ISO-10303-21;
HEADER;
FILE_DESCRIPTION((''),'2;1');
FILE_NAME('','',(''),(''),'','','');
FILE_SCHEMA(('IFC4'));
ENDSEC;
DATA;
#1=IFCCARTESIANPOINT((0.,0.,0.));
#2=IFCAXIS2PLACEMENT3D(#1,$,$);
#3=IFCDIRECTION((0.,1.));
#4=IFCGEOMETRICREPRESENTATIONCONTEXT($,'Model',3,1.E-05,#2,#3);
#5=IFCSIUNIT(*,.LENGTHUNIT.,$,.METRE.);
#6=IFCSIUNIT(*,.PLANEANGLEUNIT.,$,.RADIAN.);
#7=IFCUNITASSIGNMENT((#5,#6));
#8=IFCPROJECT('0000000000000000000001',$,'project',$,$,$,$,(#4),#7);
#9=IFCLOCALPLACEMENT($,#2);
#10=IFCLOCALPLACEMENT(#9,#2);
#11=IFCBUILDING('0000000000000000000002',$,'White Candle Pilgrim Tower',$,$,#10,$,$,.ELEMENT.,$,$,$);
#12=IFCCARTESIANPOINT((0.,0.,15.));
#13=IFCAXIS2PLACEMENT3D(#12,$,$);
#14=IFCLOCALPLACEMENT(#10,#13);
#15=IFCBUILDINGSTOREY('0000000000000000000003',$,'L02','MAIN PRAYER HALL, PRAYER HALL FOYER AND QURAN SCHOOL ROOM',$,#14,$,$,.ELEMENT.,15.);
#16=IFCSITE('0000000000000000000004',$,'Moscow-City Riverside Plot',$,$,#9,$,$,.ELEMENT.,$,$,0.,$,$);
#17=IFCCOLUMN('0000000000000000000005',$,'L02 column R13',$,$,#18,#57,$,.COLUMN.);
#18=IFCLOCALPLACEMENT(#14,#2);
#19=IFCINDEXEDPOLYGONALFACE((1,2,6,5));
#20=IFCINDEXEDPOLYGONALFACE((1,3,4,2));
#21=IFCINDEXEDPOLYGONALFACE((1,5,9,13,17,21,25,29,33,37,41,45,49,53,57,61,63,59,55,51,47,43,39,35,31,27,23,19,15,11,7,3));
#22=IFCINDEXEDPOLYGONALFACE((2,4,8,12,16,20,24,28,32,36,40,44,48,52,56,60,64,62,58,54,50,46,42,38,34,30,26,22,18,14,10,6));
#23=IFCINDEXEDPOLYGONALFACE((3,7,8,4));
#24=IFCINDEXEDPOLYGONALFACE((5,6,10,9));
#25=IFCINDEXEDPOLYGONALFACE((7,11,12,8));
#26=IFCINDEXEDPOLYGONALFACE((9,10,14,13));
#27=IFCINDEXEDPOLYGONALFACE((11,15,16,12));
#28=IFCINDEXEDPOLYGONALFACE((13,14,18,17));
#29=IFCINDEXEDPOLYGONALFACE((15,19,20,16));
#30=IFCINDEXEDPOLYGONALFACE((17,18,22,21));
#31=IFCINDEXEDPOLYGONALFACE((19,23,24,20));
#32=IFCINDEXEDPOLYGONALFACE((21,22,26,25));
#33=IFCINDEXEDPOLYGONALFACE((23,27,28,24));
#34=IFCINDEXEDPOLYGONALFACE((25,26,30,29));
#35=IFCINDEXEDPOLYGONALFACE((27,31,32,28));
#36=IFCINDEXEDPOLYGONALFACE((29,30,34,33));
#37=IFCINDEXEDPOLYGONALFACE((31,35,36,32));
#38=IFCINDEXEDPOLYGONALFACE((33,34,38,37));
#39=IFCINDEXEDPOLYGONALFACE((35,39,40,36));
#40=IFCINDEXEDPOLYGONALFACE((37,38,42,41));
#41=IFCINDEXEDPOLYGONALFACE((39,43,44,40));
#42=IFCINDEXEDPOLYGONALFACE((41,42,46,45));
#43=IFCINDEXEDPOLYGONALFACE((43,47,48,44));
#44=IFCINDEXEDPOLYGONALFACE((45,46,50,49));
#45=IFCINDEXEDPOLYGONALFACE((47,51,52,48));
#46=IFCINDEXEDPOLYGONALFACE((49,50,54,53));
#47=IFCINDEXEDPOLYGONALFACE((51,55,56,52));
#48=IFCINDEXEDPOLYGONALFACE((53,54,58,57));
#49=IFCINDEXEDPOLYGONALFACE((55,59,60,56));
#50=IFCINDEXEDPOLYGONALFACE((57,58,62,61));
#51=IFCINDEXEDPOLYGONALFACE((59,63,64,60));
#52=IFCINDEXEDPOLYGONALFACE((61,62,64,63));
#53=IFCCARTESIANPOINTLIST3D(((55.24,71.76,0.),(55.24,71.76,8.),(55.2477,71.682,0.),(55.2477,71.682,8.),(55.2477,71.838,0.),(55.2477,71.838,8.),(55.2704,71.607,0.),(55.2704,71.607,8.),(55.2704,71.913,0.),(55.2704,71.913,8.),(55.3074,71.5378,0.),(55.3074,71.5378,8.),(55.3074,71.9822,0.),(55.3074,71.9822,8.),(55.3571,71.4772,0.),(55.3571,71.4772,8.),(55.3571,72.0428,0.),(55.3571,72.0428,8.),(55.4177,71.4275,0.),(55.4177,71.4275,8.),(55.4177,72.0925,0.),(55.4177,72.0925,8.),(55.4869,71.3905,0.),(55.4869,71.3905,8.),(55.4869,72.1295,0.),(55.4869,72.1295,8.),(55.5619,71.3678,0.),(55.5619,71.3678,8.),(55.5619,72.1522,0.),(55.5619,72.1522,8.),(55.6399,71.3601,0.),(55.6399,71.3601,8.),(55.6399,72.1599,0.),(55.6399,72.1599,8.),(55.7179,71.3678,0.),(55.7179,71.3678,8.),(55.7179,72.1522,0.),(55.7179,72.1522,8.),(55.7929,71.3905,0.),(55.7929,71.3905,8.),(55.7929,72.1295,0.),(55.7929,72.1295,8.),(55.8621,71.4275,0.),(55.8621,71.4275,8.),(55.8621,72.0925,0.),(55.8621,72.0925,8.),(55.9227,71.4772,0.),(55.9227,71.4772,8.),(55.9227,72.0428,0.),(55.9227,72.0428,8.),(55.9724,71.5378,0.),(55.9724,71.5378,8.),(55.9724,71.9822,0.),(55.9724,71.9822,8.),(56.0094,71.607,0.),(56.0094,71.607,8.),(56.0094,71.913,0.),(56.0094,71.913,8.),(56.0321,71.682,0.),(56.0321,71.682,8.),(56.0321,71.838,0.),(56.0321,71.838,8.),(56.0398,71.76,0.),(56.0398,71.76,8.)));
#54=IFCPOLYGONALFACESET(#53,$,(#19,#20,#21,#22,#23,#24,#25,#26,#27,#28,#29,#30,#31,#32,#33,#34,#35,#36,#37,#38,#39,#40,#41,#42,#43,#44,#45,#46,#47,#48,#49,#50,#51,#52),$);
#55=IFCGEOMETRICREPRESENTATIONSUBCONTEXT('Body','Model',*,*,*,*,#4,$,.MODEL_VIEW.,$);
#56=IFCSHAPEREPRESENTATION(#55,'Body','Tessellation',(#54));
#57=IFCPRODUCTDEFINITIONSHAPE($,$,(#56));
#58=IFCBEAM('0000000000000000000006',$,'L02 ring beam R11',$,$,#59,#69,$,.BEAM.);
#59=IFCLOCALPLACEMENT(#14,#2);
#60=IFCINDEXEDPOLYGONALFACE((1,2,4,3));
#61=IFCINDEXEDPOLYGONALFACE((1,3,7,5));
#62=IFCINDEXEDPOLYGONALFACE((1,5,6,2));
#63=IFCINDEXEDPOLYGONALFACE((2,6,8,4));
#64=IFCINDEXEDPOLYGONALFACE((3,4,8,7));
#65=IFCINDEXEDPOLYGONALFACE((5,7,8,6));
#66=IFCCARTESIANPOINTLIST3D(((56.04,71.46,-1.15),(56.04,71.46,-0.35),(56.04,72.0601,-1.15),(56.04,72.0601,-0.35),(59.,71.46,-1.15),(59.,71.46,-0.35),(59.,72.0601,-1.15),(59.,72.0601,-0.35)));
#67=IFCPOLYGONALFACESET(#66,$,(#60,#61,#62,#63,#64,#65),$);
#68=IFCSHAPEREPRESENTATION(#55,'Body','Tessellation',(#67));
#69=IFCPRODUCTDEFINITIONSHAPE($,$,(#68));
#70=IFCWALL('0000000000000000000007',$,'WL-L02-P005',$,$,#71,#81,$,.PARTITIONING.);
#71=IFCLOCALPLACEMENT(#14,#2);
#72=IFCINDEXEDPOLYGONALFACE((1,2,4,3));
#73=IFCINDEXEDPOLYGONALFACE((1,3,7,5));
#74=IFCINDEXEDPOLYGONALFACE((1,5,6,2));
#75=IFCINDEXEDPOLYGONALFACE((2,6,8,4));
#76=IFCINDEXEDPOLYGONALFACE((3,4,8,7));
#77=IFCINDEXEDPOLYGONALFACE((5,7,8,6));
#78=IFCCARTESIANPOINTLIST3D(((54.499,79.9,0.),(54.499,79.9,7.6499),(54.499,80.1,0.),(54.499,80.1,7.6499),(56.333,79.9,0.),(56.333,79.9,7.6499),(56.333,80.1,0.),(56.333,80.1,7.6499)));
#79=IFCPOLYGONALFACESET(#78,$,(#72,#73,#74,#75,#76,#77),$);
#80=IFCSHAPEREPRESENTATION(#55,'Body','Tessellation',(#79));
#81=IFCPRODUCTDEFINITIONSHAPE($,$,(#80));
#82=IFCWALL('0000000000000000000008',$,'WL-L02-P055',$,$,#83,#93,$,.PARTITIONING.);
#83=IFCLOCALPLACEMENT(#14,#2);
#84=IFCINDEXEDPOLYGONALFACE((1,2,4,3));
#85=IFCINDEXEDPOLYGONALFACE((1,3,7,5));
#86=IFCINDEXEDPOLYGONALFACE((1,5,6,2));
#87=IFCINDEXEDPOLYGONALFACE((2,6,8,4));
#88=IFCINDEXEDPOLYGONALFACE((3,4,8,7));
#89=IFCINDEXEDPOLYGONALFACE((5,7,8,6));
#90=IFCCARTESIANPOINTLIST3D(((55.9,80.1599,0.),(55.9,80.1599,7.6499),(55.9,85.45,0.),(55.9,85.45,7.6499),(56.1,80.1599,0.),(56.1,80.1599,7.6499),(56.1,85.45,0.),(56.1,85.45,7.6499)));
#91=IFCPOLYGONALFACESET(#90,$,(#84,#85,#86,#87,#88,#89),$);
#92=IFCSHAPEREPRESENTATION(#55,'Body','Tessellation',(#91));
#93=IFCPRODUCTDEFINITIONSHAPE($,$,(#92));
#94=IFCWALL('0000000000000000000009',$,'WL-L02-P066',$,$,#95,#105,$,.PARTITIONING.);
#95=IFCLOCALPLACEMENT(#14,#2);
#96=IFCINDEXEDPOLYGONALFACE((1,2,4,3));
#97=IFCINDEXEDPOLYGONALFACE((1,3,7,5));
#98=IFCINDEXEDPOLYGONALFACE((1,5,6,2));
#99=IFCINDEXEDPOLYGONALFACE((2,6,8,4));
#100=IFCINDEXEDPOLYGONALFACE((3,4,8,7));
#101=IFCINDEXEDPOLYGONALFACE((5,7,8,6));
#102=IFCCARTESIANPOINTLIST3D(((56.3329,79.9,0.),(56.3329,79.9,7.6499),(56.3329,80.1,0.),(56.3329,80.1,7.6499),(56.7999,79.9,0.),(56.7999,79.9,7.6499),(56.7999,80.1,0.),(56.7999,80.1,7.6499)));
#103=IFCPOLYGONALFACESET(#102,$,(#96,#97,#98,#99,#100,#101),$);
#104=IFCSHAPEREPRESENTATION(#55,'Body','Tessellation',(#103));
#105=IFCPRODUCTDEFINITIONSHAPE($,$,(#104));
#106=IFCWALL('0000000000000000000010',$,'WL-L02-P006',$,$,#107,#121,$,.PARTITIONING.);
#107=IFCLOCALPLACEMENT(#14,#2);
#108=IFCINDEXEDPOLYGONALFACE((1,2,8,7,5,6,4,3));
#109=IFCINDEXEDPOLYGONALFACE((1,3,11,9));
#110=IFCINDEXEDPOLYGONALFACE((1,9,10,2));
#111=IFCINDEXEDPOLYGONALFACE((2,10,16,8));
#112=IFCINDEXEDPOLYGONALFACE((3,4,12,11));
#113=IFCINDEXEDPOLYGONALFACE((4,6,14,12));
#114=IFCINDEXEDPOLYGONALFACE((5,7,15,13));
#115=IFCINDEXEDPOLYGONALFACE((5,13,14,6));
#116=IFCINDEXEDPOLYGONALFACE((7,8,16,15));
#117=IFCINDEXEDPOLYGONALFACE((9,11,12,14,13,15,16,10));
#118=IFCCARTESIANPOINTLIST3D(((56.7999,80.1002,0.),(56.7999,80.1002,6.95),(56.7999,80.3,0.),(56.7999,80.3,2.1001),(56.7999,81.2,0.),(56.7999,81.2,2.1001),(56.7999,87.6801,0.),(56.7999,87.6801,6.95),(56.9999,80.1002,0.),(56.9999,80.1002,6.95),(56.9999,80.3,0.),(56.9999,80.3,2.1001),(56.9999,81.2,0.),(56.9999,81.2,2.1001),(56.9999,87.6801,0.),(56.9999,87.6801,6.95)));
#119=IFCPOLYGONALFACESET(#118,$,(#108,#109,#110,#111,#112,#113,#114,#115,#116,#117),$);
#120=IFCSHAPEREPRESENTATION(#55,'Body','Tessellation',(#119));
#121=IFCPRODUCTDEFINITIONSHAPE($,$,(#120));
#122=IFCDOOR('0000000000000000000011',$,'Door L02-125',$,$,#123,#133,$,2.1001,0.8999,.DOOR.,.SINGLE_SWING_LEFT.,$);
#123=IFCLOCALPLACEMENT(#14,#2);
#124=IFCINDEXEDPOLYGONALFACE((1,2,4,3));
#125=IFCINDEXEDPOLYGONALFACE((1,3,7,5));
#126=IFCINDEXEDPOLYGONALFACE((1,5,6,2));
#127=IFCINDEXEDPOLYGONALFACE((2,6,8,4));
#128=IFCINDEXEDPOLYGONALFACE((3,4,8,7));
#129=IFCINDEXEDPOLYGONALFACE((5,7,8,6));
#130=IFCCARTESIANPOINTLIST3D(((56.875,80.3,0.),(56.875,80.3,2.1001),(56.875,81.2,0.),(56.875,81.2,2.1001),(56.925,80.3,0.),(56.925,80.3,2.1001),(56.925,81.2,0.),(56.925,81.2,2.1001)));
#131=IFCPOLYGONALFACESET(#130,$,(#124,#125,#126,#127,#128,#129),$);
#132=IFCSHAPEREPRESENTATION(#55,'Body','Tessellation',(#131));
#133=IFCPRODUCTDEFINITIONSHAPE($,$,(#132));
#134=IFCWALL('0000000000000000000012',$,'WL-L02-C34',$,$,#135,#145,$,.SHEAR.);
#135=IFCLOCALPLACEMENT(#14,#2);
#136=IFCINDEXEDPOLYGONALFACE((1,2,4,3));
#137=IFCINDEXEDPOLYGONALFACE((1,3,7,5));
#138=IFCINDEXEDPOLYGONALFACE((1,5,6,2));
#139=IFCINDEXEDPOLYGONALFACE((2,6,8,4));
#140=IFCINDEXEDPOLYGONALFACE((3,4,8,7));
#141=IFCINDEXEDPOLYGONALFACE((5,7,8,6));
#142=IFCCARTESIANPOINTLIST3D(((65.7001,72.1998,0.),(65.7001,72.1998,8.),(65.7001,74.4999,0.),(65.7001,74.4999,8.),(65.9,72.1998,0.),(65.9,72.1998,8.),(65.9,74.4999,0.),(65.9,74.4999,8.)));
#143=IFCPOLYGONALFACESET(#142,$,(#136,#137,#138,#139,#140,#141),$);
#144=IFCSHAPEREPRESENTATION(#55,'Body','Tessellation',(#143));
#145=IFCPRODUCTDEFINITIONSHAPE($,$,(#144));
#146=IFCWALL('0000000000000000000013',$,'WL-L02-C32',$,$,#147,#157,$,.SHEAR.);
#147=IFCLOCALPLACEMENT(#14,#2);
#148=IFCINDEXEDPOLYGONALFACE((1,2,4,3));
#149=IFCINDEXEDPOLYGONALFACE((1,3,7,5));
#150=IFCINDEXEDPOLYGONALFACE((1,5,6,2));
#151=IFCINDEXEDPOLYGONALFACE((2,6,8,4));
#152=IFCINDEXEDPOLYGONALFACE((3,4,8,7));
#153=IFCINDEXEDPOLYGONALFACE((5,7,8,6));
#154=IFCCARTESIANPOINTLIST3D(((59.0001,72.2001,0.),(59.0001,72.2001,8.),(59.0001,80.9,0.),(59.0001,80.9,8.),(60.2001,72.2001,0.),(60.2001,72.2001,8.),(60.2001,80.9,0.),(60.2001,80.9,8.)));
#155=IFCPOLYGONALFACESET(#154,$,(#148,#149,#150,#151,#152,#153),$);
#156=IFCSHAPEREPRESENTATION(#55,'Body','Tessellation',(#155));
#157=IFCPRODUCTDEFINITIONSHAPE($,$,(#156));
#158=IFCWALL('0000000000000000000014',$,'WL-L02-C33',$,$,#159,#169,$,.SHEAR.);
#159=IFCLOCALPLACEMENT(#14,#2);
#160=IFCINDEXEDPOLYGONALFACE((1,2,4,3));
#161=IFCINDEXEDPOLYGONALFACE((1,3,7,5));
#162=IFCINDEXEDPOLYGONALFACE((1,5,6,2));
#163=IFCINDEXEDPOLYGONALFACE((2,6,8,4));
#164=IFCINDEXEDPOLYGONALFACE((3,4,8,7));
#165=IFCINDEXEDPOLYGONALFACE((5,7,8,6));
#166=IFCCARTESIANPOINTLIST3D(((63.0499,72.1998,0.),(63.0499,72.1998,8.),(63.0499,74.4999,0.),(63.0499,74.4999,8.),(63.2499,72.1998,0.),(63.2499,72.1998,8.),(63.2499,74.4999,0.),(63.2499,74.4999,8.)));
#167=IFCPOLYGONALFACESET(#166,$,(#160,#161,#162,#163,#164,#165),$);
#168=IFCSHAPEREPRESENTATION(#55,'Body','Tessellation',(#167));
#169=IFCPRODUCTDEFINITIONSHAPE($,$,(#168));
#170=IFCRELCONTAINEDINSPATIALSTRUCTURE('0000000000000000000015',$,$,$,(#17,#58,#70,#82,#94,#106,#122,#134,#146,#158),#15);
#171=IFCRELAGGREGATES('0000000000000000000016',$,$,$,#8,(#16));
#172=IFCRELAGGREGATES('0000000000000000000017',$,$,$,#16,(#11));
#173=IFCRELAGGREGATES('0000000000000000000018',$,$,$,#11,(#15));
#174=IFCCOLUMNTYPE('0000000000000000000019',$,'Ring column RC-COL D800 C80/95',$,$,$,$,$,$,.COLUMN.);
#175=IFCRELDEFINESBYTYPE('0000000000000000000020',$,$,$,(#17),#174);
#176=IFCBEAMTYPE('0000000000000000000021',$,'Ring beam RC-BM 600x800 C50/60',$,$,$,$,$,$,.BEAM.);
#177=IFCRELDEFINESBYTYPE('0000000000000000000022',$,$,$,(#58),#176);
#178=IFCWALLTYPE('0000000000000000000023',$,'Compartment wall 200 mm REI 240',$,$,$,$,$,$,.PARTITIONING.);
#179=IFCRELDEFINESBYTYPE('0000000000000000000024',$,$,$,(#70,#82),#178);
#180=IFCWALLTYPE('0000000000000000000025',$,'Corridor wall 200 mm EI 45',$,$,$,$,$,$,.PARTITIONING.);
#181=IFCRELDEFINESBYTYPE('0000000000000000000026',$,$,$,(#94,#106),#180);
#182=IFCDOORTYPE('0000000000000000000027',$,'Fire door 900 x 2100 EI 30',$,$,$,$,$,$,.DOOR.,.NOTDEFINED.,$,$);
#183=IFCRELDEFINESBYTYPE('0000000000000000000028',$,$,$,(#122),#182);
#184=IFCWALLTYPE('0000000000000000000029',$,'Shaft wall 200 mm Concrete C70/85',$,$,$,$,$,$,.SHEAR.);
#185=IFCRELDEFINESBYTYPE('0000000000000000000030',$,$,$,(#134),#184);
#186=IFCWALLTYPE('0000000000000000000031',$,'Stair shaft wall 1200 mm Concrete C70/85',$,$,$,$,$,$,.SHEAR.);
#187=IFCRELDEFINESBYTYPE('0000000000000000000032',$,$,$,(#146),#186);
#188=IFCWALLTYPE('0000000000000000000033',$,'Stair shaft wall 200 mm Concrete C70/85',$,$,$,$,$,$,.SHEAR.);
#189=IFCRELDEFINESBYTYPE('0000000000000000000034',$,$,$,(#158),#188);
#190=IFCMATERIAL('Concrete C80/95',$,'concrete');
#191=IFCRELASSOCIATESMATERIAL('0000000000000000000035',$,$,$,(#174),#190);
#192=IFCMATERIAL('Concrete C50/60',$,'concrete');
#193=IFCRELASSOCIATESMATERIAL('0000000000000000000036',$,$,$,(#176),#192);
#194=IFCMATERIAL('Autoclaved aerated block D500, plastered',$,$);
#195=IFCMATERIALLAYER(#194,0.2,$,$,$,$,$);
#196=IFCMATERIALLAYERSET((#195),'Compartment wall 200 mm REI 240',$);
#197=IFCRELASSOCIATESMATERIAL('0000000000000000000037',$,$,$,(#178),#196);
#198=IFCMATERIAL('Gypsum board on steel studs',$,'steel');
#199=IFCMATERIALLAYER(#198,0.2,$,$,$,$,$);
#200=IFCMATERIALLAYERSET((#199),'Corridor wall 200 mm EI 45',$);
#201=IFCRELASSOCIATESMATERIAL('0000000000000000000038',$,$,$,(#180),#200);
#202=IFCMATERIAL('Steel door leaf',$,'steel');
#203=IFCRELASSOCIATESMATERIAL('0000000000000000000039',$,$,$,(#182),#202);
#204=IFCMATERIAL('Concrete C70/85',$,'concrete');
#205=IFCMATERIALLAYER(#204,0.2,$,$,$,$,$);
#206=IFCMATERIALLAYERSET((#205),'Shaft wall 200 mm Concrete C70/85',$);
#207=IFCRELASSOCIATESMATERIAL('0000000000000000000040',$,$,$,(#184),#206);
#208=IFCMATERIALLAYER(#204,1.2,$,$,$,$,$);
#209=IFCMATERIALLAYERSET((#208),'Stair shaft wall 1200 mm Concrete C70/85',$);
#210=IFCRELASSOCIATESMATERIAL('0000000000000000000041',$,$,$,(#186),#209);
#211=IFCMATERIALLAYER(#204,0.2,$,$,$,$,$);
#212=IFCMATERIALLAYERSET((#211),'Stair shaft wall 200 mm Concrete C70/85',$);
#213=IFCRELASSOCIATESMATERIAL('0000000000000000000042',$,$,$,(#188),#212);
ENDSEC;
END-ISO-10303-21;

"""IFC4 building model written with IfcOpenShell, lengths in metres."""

from ifc_helpers import new_model, si_unit, direction, frame, frame_2d, origin, origin_2d, place, context, subcontext, project, spatial, rectangle, circle, extrude, material, layer, layer_set, material_profile, profile_set, type_object, element, fill, save


model = new_model("IFC4")

# Units and contexts
model_context = context("Model", 3, precision=1e-05, world=origin(), true_north=direction((0.0, 1.0)))
body_context = subcontext(model_context, "Body", "Model", "MODEL_VIEW")
ifc_project = project(units=[si_unit("LENGTHUNIT", "METRE"), si_unit("PLANEANGLEUNIT", "RADIAN")], contexts=[model_context])

# Site, building, storey
site_placement = place(None, origin())
site = spatial("IfcSite", under=ifc_project, at=site_placement, Name="Moscow-City Riverside Plot", CompositionType="ELEMENT", RefElevation=0.0)
building_placement = place(site_placement, origin())
building = spatial("IfcBuilding", under=site, at=building_placement, Name="White Candle Pilgrim Tower", CompositionType="ELEMENT")
storey_placement = place(building_placement, frame((0.0, 0.0, 15.0)))
storey = spatial("IfcBuildingStorey", under=building, at=storey_placement, Name="L02", Description="MAIN PRAYER HALL, PRAYER HALL FOYER AND QURAN SCHOOL ROOM", CompositionType="ELEMENT", Elevation=15.0)

# Column
ifc_material_1 = material(Name="Concrete C80/95", Category="concrete")
ifc_material_profile_1 = material_profile(ifc_material_1, circle(Radius=0.3999, at=origin_2d()), Name="RC-COL D800")
ifc_profile_set_1 = profile_set([ifc_material_profile_1], Name="Concrete C80/95")
column_type = type_object("IfcColumnType", Name="Ring column RC-COL D800 C80/95", PredefinedType="COLUMN", material=ifc_profile_set_1)
column_placement = place(storey_placement, frame((55.6399, 71.76, 0.0), z_axis=(0.0, 0.0, 1.0), x_axis=(1.0, 0.0, 0.0)))
element("IfcColumn", 1, at=column_placement, inside=storey, type_object=column_type, Name="L02 column R13", PredefinedType="COLUMN", context=body_context, shape_type="SweptSolid", body=[
    extrude(circle(Radius=0.3999, at=origin_2d()), origin(), (0.0, 0.0, 1.0), 8.0),
])

# Beam
ifc_material_2 = material(Name="Concrete C50/60", Category="concrete")
ifc_material_profile_2 = material_profile(ifc_material_2, rectangle(XDim=0.6001, YDim=0.8, at=origin_2d()), Name="RC-BM 600x800")
ifc_profile_set_2 = profile_set([ifc_material_profile_2], Name="Concrete C50/60")
beam_type = type_object("IfcBeamType", Name="Ring beam RC-BM 600x800 C50/60", PredefinedType="BEAM", material=ifc_profile_set_2)
beam_placement = place(storey_placement, frame((56.04, 71.76, -0.75), z_axis=(1.0, 0.0, 0.0), x_axis=(0.0, 1.0, 0.0)))
element("IfcBeam", 2, at=beam_placement, inside=storey, type_object=beam_type, Name="L02 ring beam R11", PredefinedType="BEAM", context=body_context, shape_type="SweptSolid", body=[
    extrude(rectangle(XDim=0.6001, YDim=0.8, at=origin_2d()), origin(), (0.0, 0.0, 1.0), 2.96),
])

# Walls
ifc_material_3 = material(Name="Autoclaved aerated block D500, plastered")
ifc_layer_1 = layer(ifc_material_3, 0.2)
ifc_layer_set_1 = layer_set([ifc_layer_1], Name="Compartment wall 200 mm REI 240")
wall_type_1 = type_object("IfcWallType", Name="Compartment wall 200 mm REI 240", PredefinedType="PARTITIONING", material=ifc_layer_set_1)
wall_1_placement = place(storey_placement, frame((54.499, 80.0, 0.0), z_axis=(0.0, 0.0, 1.0), x_axis=(1.0, 0.0, 0.0)))
element("IfcWall", 3, at=wall_1_placement, inside=storey, type_object=wall_type_1, Name="WL-L02-P005", PredefinedType="PARTITIONING", context=body_context, shape_type="SweptSolid", body=[
    extrude(rectangle(XDim=1.834, YDim=0.2, at=frame_2d((0.917, 0.0))), origin(), (0.0, 0.0, 1.0), 7.6499),
])
wall_2_placement = place(storey_placement, frame((56.0, 80.1599, 0.0), z_axis=(0.0, 0.0, 1.0), x_axis=(0.0, 1.0, 0.0)))
element("IfcWall", 4, at=wall_2_placement, inside=storey, type_object=wall_type_1, Name="WL-L02-P055", PredefinedType="PARTITIONING", context=body_context, shape_type="SweptSolid", body=[
    extrude(rectangle(XDim=5.29, YDim=0.2, at=frame_2d((2.645, 0.0))), origin(), (0.0, 0.0, 1.0), 7.6499),
])
ifc_material_4 = material(Name="Gypsum board on steel studs", Category="steel")
ifc_layer_2 = layer(ifc_material_4, 0.2)
ifc_layer_set_2 = layer_set([ifc_layer_2], Name="Corridor wall 200 mm EI 45")
wall_type_2 = type_object("IfcWallType", Name="Corridor wall 200 mm EI 45", PredefinedType="PARTITIONING", material=ifc_layer_set_2)
wall_3_placement = place(storey_placement, frame((56.333, 80.0, 0.0), z_axis=(0.0, 0.0, 1.0), x_axis=(1.0, 0.0, 0.0)))
element("IfcWall", 5, at=wall_3_placement, inside=storey, type_object=wall_type_2, Name="WL-L02-P066", PredefinedType="PARTITIONING", context=body_context, shape_type="SweptSolid", body=[
    extrude(rectangle(XDim=0.467, YDim=0.2, at=frame_2d((0.2334, 0.0))), origin(), (0.0, 0.0, 1.0), 7.6499),
])

# Wall, opening, door
wall_4_placement = place(storey_placement, frame((56.8999, 80.1001, 0.0), z_axis=(0.0, 0.0, 1.0), x_axis=(0.0, 1.0, 0.0)))
wall_4 = element("IfcWall", 6, at=wall_4_placement, inside=storey, type_object=wall_type_2, Name="WL-L02-P006", PredefinedType="PARTITIONING", context=body_context, shape_type="SweptSolid", body=[
    extrude(rectangle(XDim=7.5798, YDim=0.2, at=frame_2d((3.79, 0.0))), origin(), (0.0, 0.0, 1.0), 6.95),
])
opening_1_placement = place(wall_4_placement, frame((0.2, 0.0, 0.0)))
opening_1 = element("IfcOpeningElement", 7, at=opening_1_placement, cuts=wall_4, PredefinedType="OPENING", context=body_context, shape_type="SweptSolid", body=[
    extrude(rectangle(XDim=0.8999, YDim=2.1001, at=frame_2d((0.45, 1.05))), frame((0.0, 0.1099, 0.0), z_axis=(0.0, -1.0, 0.0), x_axis=(1.0, 0.0, 0.0)), (0.0, 0.0, 1.0), 0.22),
])
ifc_material_5 = material(Name="Steel door leaf", Category="steel")
door_type = type_object("IfcDoorType", Name="Fire door 900 x 2100 EI 30", OperationType="NOTDEFINED", PredefinedType="DOOR", material=ifc_material_5)
door_1_placement = place(opening_1_placement, origin())
door_1 = element("IfcDoor", 8, at=door_1_placement, inside=storey, type_object=door_type, Name="Door L02-125", OperationType="SINGLE_SWING_LEFT", OverallHeight=2.1001, OverallWidth=0.8999, PredefinedType="DOOR", context=body_context, shape_type="SweptSolid", body=[
    extrude(rectangle(XDim=0.8999, YDim=2.1001, at=frame_2d((0.45, 1.05))), frame((0.0, 0.0249, 0.0), z_axis=(0.0, -1.0, 0.0), x_axis=(1.0, 0.0, 0.0)), (0.0, 0.0, 1.0), 0.05),
])
fill(opening_1, door_1)

# Walls
ifc_material_6 = material(Name="Concrete C70/85", Category="concrete")
ifc_layer_3 = layer(ifc_material_6, 0.2)
ifc_layer_set_3 = layer_set([ifc_layer_3], Name="Shaft wall 200 mm Concrete C70/85")
wall_type_3 = type_object("IfcWallType", Name="Shaft wall 200 mm Concrete C70/85", PredefinedType="SHEAR", material=ifc_layer_set_3)
wall_5_placement = place(storey_placement, frame((65.8, 72.2, 0.0), z_axis=(0.0, 0.0, 1.0), x_axis=(0.0, 1.0, 0.0)))
element("IfcWall", 9, at=wall_5_placement, inside=storey, type_object=wall_type_3, Name="WL-L02-C34", PredefinedType="SHEAR", context=body_context, shape_type="SweptSolid", body=[
    extrude(rectangle(XDim=2.3, YDim=0.2, at=frame_2d((1.1499, 0.0))), origin(), (0.0, 0.0, 1.0), 8.0),
])
ifc_layer_4 = layer(ifc_material_6, 1.2)
ifc_layer_set_4 = layer_set([ifc_layer_4], Name="Stair shaft wall 1200 mm Concrete C70/85")
wall_type_4 = type_object("IfcWallType", Name="Stair shaft wall 1200 mm Concrete C70/85", PredefinedType="SHEAR", material=ifc_layer_set_4)
wall_6_placement = place(storey_placement, frame((59.6001, 72.2, 0.0), z_axis=(0.0, 0.0, 1.0), x_axis=(0.0, 1.0, 0.0)))
element("IfcWall", 10, at=wall_6_placement, inside=storey, type_object=wall_type_4, Name="WL-L02-C32", PredefinedType="SHEAR", context=body_context, shape_type="SweptSolid", body=[
    extrude(rectangle(XDim=8.7, YDim=1.2, at=frame_2d((4.3501, 0.0))), origin(), (0.0, 0.0, 1.0), 8.0),
])
ifc_layer_5 = layer(ifc_material_6, 0.2)
ifc_layer_set_5 = layer_set([ifc_layer_5], Name="Stair shaft wall 200 mm Concrete C70/85")
wall_type_5 = type_object("IfcWallType", Name="Stair shaft wall 200 mm Concrete C70/85", PredefinedType="SHEAR", material=ifc_layer_set_5)
wall_7_placement = place(storey_placement, frame((63.1499, 72.2, 0.0), z_axis=(0.0, 0.0, 1.0), x_axis=(0.0, 1.0, 0.0)))
element("IfcWall", 11, at=wall_7_placement, inside=storey, type_object=wall_type_5, Name="WL-L02-C33", PredefinedType="SHEAR", context=body_context, shape_type="SweptSolid", body=[
    extrude(rectangle(XDim=2.3, YDim=0.2, at=frame_2d((1.1499, 0.0))), origin(), (0.0, 0.0, 1.0), 8.0),
])

save(model, "model.ifc")
